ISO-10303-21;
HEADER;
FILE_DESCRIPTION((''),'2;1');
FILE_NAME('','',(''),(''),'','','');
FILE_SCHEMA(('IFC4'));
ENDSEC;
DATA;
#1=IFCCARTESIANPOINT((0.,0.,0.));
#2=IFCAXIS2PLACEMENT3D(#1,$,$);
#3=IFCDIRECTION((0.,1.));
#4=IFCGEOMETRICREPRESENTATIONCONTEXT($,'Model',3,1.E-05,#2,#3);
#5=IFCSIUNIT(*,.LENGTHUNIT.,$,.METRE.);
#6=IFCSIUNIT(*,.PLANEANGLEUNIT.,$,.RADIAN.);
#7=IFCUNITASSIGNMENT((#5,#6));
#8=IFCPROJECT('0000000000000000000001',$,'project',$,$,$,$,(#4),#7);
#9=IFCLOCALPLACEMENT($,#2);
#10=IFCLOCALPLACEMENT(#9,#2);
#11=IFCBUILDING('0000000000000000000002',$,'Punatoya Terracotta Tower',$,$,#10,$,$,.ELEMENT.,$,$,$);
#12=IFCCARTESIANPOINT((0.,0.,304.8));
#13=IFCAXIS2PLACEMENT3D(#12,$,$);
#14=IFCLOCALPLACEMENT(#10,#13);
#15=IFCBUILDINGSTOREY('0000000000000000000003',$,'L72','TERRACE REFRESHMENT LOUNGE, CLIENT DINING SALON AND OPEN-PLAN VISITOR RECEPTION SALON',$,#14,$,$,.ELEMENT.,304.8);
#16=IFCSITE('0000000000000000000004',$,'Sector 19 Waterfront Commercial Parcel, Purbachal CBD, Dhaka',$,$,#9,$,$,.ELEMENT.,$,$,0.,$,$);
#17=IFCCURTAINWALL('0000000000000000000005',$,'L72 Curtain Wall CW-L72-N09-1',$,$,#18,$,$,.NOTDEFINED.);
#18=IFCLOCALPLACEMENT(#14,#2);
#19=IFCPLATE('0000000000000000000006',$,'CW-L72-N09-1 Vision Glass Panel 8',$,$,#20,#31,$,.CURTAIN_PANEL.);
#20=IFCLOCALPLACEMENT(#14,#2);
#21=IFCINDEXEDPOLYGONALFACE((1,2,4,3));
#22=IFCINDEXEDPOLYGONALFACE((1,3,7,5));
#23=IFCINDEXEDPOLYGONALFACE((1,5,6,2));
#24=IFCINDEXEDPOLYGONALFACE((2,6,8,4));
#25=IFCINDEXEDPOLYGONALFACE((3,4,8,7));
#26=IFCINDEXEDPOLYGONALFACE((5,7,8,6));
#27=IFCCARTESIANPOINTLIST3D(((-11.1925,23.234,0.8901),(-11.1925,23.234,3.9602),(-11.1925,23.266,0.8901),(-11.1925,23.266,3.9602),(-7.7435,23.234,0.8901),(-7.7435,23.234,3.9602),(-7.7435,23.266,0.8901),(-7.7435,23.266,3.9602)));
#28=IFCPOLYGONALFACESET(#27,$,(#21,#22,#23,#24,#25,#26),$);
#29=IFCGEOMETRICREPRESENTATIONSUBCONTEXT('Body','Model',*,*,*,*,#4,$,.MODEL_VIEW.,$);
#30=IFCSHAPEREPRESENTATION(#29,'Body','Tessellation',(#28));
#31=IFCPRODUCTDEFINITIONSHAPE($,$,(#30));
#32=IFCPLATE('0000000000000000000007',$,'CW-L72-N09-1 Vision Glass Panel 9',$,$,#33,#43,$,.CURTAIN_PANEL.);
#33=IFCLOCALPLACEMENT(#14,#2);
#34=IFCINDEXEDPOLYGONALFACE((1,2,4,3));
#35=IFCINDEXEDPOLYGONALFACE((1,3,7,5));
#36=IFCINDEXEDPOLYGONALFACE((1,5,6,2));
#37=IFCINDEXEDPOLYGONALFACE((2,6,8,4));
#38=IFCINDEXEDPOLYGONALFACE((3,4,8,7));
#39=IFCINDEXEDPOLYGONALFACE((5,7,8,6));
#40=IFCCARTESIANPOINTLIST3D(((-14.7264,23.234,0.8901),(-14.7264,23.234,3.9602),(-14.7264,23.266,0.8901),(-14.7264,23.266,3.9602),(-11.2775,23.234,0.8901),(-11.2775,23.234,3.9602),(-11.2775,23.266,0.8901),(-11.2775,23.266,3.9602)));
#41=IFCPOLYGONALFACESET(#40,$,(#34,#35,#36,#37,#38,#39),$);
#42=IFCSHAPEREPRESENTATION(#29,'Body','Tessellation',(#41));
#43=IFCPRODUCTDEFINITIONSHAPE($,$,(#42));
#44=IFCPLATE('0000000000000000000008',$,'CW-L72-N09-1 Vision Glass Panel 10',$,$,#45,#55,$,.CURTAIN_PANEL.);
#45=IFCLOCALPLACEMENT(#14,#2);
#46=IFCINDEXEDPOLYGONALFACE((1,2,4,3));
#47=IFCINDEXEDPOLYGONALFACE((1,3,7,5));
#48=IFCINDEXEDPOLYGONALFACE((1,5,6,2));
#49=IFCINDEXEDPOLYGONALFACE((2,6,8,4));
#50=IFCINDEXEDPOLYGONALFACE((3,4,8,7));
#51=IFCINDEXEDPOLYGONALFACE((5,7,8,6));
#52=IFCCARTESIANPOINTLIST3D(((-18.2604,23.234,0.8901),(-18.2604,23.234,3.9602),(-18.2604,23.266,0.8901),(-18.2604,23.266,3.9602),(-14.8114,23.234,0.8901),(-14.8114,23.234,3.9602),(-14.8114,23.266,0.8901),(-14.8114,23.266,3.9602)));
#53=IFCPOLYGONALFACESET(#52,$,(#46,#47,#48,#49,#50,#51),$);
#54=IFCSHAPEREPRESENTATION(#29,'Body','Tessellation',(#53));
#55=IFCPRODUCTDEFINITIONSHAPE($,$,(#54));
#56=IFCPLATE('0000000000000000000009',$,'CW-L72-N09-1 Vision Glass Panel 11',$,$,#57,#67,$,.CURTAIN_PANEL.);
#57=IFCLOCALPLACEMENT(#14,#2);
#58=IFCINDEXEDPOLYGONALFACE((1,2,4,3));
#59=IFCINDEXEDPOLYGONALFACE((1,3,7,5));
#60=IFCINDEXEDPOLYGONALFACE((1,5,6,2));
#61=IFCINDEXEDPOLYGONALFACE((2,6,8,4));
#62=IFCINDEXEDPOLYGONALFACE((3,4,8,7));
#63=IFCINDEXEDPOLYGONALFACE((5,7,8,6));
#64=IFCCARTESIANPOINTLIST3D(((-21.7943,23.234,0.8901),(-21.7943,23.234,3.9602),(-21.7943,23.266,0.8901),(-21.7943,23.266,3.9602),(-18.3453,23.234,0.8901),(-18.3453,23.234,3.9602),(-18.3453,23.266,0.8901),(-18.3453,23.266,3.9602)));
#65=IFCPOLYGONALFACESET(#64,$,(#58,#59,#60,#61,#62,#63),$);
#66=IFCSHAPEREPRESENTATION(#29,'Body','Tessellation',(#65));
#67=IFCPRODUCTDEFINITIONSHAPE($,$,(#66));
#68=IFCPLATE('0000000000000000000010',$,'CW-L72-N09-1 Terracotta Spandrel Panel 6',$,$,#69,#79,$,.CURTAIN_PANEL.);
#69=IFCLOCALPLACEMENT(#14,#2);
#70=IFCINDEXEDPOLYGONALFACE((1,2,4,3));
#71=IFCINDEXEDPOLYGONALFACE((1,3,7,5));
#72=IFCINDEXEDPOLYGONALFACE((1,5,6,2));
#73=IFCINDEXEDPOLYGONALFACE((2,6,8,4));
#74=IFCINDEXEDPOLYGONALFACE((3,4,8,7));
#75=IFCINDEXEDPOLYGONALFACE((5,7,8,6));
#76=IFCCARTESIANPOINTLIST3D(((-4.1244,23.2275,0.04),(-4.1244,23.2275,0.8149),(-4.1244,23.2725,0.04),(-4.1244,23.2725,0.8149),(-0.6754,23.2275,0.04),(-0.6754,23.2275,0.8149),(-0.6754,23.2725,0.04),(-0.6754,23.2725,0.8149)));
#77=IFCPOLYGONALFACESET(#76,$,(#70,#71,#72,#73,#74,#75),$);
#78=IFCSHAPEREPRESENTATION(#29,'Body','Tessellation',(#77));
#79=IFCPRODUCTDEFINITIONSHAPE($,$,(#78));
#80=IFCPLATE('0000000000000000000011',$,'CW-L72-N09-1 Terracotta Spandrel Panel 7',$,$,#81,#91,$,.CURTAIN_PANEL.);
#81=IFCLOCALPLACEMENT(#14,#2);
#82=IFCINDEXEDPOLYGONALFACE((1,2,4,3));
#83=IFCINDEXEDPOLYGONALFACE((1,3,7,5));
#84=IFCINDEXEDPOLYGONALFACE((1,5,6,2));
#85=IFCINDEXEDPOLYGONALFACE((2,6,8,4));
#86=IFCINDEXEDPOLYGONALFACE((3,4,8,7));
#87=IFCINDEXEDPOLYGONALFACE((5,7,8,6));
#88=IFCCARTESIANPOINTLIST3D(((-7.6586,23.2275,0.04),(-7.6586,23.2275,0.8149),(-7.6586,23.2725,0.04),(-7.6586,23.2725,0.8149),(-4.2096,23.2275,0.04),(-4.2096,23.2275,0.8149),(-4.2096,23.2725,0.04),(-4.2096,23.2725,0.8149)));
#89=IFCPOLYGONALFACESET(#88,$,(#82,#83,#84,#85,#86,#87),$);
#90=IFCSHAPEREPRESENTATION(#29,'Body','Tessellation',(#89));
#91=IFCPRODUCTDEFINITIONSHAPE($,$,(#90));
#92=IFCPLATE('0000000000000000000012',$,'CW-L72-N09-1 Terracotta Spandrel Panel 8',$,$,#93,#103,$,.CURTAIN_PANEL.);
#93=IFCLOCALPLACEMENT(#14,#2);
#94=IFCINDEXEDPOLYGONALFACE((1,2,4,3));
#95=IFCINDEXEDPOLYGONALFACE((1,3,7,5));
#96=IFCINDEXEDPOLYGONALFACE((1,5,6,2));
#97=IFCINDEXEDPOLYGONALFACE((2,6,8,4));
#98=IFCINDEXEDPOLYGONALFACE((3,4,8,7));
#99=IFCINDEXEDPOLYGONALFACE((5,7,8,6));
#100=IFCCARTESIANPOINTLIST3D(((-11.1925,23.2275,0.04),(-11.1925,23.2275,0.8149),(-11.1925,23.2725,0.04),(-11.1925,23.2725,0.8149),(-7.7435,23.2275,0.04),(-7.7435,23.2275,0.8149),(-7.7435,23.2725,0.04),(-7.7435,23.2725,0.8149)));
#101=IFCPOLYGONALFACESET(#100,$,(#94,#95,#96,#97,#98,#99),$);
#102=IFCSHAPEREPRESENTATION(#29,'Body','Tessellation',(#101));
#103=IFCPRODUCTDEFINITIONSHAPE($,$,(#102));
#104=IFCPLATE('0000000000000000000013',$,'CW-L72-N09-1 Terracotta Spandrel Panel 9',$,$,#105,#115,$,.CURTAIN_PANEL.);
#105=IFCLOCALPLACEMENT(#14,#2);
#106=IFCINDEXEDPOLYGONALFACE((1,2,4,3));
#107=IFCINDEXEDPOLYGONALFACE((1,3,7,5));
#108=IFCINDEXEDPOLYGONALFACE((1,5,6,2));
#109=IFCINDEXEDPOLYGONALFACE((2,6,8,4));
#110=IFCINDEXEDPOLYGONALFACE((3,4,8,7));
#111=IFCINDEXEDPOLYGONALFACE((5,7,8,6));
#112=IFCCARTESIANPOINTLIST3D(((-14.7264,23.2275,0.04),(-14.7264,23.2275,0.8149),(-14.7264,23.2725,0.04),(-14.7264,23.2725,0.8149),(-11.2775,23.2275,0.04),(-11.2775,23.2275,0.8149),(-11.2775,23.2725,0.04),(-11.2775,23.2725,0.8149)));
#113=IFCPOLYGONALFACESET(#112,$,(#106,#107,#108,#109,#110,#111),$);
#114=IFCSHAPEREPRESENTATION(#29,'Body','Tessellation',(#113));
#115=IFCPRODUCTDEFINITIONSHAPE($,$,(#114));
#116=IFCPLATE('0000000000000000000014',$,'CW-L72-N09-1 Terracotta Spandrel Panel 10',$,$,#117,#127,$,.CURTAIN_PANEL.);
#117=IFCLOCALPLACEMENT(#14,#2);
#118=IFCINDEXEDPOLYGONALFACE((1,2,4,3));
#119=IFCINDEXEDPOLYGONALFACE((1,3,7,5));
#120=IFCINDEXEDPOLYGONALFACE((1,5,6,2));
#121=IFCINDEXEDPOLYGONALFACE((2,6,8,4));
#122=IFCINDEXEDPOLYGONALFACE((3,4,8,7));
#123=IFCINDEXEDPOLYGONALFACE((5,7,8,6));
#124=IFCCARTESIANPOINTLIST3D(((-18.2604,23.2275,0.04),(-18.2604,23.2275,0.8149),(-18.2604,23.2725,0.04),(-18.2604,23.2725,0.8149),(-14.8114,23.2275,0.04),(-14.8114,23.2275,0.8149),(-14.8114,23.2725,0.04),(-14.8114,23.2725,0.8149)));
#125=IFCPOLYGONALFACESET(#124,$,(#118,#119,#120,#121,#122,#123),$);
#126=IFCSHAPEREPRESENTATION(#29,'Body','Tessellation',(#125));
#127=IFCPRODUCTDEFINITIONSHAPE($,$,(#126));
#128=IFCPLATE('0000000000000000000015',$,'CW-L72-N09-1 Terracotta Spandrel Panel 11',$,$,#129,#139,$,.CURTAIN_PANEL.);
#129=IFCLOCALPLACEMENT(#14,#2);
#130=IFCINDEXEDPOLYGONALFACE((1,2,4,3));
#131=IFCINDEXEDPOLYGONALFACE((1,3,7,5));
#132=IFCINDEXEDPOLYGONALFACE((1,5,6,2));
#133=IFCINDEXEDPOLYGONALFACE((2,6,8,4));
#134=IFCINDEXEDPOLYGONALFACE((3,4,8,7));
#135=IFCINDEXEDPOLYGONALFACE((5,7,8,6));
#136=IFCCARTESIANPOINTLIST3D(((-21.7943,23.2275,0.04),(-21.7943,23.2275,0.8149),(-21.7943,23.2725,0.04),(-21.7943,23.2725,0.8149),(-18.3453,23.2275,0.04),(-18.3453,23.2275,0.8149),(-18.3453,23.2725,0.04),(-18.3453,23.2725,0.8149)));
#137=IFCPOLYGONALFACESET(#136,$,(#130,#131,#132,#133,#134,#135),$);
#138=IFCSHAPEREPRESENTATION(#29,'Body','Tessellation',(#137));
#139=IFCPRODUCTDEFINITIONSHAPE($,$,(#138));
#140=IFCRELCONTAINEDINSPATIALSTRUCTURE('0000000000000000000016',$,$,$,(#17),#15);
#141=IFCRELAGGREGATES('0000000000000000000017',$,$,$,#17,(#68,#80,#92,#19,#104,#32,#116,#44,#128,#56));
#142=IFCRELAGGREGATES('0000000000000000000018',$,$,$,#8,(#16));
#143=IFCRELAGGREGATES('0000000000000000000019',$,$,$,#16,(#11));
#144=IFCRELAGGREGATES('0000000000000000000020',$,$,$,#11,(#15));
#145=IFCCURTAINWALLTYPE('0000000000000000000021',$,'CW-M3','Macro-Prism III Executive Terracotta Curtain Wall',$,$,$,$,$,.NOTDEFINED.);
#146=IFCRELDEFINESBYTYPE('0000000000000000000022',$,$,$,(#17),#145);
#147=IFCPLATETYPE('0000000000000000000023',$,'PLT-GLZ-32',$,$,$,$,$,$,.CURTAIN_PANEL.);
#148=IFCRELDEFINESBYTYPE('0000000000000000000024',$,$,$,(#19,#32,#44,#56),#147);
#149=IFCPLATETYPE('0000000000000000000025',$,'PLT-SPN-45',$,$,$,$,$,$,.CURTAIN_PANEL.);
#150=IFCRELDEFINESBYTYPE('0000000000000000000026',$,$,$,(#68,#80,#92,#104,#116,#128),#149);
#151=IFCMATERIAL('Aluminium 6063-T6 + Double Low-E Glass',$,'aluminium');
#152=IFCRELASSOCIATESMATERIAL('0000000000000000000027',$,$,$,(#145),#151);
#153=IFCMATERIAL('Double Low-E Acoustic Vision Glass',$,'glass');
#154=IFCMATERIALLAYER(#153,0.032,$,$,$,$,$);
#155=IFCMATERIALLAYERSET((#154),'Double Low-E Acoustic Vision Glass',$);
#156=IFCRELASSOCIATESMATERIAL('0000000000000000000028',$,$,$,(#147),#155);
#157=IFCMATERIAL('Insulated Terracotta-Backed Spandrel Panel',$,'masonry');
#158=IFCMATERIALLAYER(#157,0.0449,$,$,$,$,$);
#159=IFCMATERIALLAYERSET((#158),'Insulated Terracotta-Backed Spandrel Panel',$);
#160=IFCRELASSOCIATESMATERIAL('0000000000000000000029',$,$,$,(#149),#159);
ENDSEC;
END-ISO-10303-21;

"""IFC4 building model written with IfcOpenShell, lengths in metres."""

from ifc_helpers import new_model, si_unit, direction, frame, origin, origin_2d, place, context, subcontext, project, spatial, rectangle, extrude, material, layer, layer_set, type_object, element, aggregate, save


model = new_model("IFC4")

# Units and contexts
model_context = context("Model", 3, precision=1e-05, world=origin(), true_north=direction((0.0, 1.0)))
body_context = subcontext(model_context, "Body", "Model", "MODEL_VIEW")
ifc_project = project(units=[si_unit("LENGTHUNIT", "METRE"), si_unit("PLANEANGLEUNIT", "RADIAN")], contexts=[model_context])

# Site, building, storey
site_placement = place(None, origin())
site = spatial("IfcSite", under=ifc_project, at=site_placement, Name="Sector 19 Waterfront Commercial Parcel, Purbachal CBD, Dhaka", CompositionType="ELEMENT", RefElevation=0.0)
building_placement = place(site_placement, origin())
building = spatial("IfcBuilding", under=site, at=building_placement, Name="Punatoya Terracotta Tower", CompositionType="ELEMENT")
storey_placement = place(building_placement, frame((0.0, 0.0, 304.8)))
storey = spatial("IfcBuildingStorey", under=building, at=storey_placement, Name="L72", Description="TERRACE REFRESHMENT LOUNGE, CLIENT DINING SALON AND OPEN-PLAN VISITOR RECEPTION SALON", CompositionType="ELEMENT", Elevation=304.8)

# Curtain wall
ifc_material_1 = material(Name="Aluminium 6063-T6 + Double Low-E Glass", Category="aluminium")
curtain_wall_type = type_object("IfcCurtainWallType", Name="CW-M3", Description="Macro-Prism III Executive Terracotta Curtain Wall", PredefinedType="NOTDEFINED", material=ifc_material_1)
curtain_wall_1_placement = place(storey_placement, origin())
curtain_wall_1 = element("IfcCurtainWall", 1, at=curtain_wall_1_placement, inside=storey, type_object=curtain_wall_type, Name="L72 Curtain Wall CW-L72-N09-1", PredefinedType="NOTDEFINED")

# Plates
ifc_material_2 = material(Name="Double Low-E Acoustic Vision Glass", Category="glass")
ifc_layer_1 = layer(ifc_material_2, 0.032)
ifc_layer_set_1 = layer_set([ifc_layer_1], Name="Double Low-E Acoustic Vision Glass")
plate_type_1 = type_object("IfcPlateType", Name="PLT-GLZ-32", PredefinedType="CURTAIN_PANEL", material=ifc_layer_set_1)
plate_1_placement = place(storey_placement, frame((-9.468, 23.25, 0.8901), z_axis=(0.0, 0.0, 1.0), x_axis=(-1.0, 0.0, 0.0)))
plate_1 = element("IfcPlate", 2, at=plate_1_placement, type_object=plate_type_1, Name="CW-L72-N09-1 Vision Glass Panel 8", PredefinedType="CURTAIN_PANEL", context=body_context, shape_type="SweptSolid", body=[
    extrude(rectangle(XDim=3.449, YDim=0.032, at=origin_2d()), origin(), (0.0, 0.0, 1.0), 3.0701),
])
plate_2_placement = place(storey_placement, frame((-13.002, 23.25, 0.8901), z_axis=(0.0, 0.0, 1.0), x_axis=(-1.0, 0.0, 0.0)))
plate_2 = element("IfcPlate", 3, at=plate_2_placement, type_object=plate_type_1, Name="CW-L72-N09-1 Vision Glass Panel 9", PredefinedType="CURTAIN_PANEL", context=body_context, shape_type="SweptSolid", body=[
    extrude(rectangle(XDim=3.449, YDim=0.032, at=origin_2d()), origin(), (0.0, 0.0, 1.0), 3.0701),
])
plate_3_placement = place(storey_placement, frame((-16.5359, 23.25, 0.8901), z_axis=(0.0, 0.0, 1.0), x_axis=(-1.0, 0.0, 0.0)))
plate_3 = element("IfcPlate", 4, at=plate_3_placement, type_object=plate_type_1, Name="CW-L72-N09-1 Vision Glass Panel 10", PredefinedType="CURTAIN_PANEL", context=body_context, shape_type="SweptSolid", body=[
    extrude(rectangle(XDim=3.449, YDim=0.032, at=origin_2d()), origin(), (0.0, 0.0, 1.0), 3.0701),
])
plate_4_placement = place(storey_placement, frame((-20.0698, 23.25, 0.8901), z_axis=(0.0, 0.0, 1.0), x_axis=(-1.0, 0.0, 0.0)))
plate_4 = element("IfcPlate", 5, at=plate_4_placement, type_object=plate_type_1, Name="CW-L72-N09-1 Vision Glass Panel 11", PredefinedType="CURTAIN_PANEL", context=body_context, shape_type="SweptSolid", body=[
    extrude(rectangle(XDim=3.449, YDim=0.032, at=origin_2d()), origin(), (0.0, 0.0, 1.0), 3.0701),
])
ifc_material_3 = material(Name="Insulated Terracotta-Backed Spandrel Panel", Category="masonry")
ifc_layer_2 = layer(ifc_material_3, 0.0449)
ifc_layer_set_2 = layer_set([ifc_layer_2], Name="Insulated Terracotta-Backed Spandrel Panel")
plate_type_2 = type_object("IfcPlateType", Name="PLT-SPN-45", PredefinedType="CURTAIN_PANEL", material=ifc_layer_set_2)
plate_5_placement = place(storey_placement, frame((-2.3999, 23.25, 0.04), z_axis=(0.0, 0.0, 1.0), x_axis=(-1.0, 0.0, 0.0)))
plate_5 = element("IfcPlate", 6, at=plate_5_placement, type_object=plate_type_2, Name="CW-L72-N09-1 Terracotta Spandrel Panel 6", PredefinedType="CURTAIN_PANEL", context=body_context, shape_type="SweptSolid", body=[
    extrude(rectangle(XDim=3.449, YDim=0.0449, at=origin_2d()), origin(), (0.0, 0.0, 1.0), 0.7749),
])
plate_6_placement = place(storey_placement, frame((-5.9341, 23.25, 0.04), z_axis=(0.0, 0.0, 1.0), x_axis=(-1.0, 0.0, 0.0)))
plate_6 = element("IfcPlate", 7, at=plate_6_placement, type_object=plate_type_2, Name="CW-L72-N09-1 Terracotta Spandrel Panel 7", PredefinedType="CURTAIN_PANEL", context=body_context, shape_type="SweptSolid", body=[
    extrude(rectangle(XDim=3.449, YDim=0.0449, at=origin_2d()), origin(), (0.0, 0.0, 1.0), 0.7749),
])
plate_7_placement = place(storey_placement, frame((-9.468, 23.25, 0.04), z_axis=(0.0, 0.0, 1.0), x_axis=(-1.0, 0.0, 0.0)))
plate_7 = element("IfcPlate", 8, at=plate_7_placement, type_object=plate_type_2, Name="CW-L72-N09-1 Terracotta Spandrel Panel 8", PredefinedType="CURTAIN_PANEL", context=body_context, shape_type="SweptSolid", body=[
    extrude(rectangle(XDim=3.449, YDim=0.0449, at=origin_2d()), origin(), (0.0, 0.0, 1.0), 0.7749),
])
plate_8_placement = place(storey_placement, frame((-13.002, 23.25, 0.04), z_axis=(0.0, 0.0, 1.0), x_axis=(-1.0, 0.0, 0.0)))
plate_8 = element("IfcPlate", 9, at=plate_8_placement, type_object=plate_type_2, Name="CW-L72-N09-1 Terracotta Spandrel Panel 9", PredefinedType="CURTAIN_PANEL", context=body_context, shape_type="SweptSolid", body=[
    extrude(rectangle(XDim=3.449, YDim=0.0449, at=origin_2d()), origin(), (0.0, 0.0, 1.0), 0.7749),
])
plate_9_placement = place(storey_placement, frame((-16.5359, 23.25, 0.04), z_axis=(0.0, 0.0, 1.0), x_axis=(-1.0, 0.0, 0.0)))
plate_9 = element("IfcPlate", 10, at=plate_9_placement, type_object=plate_type_2, Name="CW-L72-N09-1 Terracotta Spandrel Panel 10", PredefinedType="CURTAIN_PANEL", context=body_context, shape_type="SweptSolid", body=[
    extrude(rectangle(XDim=3.449, YDim=0.0449, at=origin_2d()), origin(), (0.0, 0.0, 1.0), 0.7749),
])
plate_10_placement = place(storey_placement, frame((-20.0698, 23.25, 0.04), z_axis=(0.0, 0.0, 1.0), x_axis=(-1.0, 0.0, 0.0)))
plate_10 = element("IfcPlate", 11, at=plate_10_placement, type_object=plate_type_2, Name="CW-L72-N09-1 Terracotta Spandrel Panel 11", PredefinedType="CURTAIN_PANEL", context=body_context, shape_type="SweptSolid", body=[
    extrude(rectangle(XDim=3.449, YDim=0.0449, at=origin_2d()), origin(), (0.0, 0.0, 1.0), 0.7749),
])
aggregate(curtain_wall_1, [plate_5, plate_6, plate_7, plate_1, plate_8, plate_2, plate_9, plate_3, plate_10, plate_4])

save(model, "model.ifc")
